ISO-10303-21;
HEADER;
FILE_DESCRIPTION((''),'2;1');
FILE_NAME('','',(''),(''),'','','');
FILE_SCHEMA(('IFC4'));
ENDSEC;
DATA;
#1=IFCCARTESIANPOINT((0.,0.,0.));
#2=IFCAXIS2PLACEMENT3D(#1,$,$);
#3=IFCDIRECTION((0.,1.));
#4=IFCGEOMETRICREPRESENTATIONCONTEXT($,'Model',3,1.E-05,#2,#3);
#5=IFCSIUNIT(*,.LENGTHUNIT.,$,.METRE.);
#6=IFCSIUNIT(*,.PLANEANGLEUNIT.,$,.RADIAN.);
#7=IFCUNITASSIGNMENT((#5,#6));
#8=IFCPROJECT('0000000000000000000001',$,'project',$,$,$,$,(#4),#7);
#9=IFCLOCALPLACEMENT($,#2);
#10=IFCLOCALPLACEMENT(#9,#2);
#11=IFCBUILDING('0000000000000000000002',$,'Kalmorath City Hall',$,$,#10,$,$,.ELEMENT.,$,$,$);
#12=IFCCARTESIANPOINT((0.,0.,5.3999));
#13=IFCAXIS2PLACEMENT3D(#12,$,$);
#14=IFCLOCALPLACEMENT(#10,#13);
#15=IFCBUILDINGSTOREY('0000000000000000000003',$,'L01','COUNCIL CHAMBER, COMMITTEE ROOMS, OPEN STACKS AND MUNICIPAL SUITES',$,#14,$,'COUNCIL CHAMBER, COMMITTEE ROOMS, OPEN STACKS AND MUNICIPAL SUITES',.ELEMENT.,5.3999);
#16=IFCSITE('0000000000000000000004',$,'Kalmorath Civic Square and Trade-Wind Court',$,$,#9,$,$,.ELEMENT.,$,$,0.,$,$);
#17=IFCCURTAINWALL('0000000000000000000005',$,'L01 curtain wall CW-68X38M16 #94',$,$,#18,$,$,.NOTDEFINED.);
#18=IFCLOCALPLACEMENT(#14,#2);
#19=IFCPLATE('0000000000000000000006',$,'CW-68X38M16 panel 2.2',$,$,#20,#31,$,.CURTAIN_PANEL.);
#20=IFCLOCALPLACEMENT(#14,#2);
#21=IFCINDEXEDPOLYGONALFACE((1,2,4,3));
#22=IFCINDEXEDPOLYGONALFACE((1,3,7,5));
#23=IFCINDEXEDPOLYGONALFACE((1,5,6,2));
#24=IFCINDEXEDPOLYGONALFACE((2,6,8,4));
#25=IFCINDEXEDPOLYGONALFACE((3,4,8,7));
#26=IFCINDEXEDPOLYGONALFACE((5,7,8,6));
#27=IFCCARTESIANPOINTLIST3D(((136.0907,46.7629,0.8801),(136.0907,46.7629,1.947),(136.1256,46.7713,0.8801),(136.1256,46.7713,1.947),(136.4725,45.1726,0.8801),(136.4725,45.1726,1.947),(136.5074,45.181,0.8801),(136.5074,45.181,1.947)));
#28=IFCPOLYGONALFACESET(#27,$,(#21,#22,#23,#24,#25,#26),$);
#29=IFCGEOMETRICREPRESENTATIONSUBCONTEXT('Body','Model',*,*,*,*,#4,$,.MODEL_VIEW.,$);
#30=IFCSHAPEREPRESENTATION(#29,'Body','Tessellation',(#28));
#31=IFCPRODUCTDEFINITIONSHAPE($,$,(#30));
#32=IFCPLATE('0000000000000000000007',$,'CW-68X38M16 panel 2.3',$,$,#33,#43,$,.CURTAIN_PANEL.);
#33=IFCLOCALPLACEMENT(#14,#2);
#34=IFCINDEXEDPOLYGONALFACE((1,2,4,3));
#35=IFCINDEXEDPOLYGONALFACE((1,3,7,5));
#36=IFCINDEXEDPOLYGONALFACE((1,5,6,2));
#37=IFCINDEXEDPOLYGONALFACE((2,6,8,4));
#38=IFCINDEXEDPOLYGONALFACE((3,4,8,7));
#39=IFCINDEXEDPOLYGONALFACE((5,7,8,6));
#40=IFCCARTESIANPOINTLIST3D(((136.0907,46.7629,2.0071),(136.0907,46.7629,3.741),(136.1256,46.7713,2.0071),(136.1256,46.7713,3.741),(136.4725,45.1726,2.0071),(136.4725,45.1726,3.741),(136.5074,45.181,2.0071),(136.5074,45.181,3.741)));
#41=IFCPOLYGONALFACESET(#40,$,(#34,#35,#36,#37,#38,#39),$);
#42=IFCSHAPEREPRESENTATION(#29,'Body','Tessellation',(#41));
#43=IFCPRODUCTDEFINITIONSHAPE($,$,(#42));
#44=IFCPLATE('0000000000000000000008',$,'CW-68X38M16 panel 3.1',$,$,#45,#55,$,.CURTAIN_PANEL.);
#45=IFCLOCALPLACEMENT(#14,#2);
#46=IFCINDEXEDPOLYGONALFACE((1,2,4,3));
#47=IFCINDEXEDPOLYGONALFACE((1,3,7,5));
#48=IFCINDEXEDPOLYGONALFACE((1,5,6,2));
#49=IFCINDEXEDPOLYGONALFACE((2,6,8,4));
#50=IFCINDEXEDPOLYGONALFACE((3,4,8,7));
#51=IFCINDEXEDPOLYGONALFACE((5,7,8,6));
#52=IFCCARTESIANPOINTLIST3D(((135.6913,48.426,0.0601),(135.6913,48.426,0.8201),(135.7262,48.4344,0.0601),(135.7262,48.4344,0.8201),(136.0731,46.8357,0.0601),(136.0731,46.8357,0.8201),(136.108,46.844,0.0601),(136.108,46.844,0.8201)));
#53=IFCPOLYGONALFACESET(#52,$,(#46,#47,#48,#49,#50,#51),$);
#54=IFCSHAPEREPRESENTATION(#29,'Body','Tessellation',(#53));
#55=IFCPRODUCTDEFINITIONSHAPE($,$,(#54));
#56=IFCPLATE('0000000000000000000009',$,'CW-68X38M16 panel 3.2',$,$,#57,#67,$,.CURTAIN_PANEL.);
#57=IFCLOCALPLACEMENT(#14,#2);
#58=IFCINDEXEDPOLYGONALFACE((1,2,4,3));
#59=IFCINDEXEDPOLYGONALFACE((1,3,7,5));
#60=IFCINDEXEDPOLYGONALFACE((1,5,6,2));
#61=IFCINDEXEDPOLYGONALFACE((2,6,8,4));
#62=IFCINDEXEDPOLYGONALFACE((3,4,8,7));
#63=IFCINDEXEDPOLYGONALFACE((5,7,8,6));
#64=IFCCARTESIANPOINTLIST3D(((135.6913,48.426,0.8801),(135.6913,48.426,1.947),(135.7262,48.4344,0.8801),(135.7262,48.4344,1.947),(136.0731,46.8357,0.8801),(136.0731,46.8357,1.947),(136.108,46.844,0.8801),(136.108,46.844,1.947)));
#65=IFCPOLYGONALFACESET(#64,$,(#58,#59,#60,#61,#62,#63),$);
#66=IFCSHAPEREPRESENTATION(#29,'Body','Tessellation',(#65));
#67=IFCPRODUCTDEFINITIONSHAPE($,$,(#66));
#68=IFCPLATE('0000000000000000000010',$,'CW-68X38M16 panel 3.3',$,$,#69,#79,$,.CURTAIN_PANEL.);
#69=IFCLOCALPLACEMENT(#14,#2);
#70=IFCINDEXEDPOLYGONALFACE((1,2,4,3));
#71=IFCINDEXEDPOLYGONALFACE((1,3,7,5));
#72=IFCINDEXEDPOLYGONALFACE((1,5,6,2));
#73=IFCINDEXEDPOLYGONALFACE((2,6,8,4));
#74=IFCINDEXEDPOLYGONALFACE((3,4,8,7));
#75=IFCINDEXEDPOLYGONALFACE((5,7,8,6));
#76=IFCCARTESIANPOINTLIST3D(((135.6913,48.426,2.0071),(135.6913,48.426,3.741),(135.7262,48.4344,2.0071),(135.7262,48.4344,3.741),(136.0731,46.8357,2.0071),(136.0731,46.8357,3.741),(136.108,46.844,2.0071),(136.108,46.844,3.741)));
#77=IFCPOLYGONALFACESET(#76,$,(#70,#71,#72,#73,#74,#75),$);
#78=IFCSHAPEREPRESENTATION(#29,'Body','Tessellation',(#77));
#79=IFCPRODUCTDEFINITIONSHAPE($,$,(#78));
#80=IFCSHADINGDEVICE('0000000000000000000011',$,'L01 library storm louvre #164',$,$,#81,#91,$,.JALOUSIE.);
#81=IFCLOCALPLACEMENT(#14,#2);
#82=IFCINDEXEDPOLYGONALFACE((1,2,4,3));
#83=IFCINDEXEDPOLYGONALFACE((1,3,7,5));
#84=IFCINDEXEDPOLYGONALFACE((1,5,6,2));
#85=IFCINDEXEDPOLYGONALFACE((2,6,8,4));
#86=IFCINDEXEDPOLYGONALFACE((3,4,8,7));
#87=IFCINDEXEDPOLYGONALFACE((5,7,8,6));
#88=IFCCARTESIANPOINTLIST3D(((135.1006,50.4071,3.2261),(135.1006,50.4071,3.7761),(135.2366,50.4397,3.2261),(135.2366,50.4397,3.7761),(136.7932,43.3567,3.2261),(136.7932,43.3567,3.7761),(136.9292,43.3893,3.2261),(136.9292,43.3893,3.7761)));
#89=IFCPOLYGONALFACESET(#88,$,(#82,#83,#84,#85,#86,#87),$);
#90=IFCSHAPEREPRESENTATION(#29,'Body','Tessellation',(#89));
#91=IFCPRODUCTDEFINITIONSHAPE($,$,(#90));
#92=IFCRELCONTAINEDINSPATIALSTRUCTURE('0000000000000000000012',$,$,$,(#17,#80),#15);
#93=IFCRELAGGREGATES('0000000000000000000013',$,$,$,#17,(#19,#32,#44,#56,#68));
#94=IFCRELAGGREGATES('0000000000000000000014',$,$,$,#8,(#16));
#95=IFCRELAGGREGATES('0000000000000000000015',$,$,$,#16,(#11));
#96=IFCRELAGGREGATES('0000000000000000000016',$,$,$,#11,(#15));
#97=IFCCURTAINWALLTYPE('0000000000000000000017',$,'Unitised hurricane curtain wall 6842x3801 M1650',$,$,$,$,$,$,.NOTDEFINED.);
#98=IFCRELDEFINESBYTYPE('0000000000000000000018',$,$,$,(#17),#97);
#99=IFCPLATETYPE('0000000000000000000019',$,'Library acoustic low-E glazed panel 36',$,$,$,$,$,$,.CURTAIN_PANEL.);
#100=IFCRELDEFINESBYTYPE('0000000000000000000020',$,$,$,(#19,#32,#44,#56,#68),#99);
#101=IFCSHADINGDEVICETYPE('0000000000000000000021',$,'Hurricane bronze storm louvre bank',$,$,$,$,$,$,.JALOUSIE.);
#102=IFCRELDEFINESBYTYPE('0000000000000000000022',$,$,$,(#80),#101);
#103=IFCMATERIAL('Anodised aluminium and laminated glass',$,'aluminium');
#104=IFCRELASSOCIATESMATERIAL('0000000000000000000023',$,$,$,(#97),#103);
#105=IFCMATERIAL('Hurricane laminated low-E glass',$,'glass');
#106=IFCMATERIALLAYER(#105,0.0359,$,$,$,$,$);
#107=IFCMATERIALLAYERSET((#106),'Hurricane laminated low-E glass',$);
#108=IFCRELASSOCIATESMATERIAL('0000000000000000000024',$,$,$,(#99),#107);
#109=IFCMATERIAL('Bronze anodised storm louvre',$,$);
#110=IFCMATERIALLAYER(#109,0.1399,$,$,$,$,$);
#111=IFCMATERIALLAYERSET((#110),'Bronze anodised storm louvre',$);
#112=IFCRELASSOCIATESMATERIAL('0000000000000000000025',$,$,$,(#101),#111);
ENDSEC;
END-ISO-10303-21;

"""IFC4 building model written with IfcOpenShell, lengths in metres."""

from ifc_helpers import new_model, si_unit, direction, frame, origin, origin_2d, place, context, subcontext, project, spatial, rectangle, extrude, material, layer, layer_set, type_object, element, aggregate, save


model = new_model("IFC4")

# Units and contexts
model_context = context("Model", 3, precision=1e-05, world=origin(), true_north=direction((0.0, 1.0)))
body_context = subcontext(model_context, "Body", "Model", "MODEL_VIEW")
ifc_project = project(units=[si_unit("LENGTHUNIT", "METRE"), si_unit("PLANEANGLEUNIT", "RADIAN")], contexts=[model_context])

# Site, building, storey
site_placement = place(None, origin())
site = spatial("IfcSite", under=ifc_project, at=site_placement, Name="Kalmorath Civic Square and Trade-Wind Court", CompositionType="ELEMENT", RefElevation=0.0)
building_placement = place(site_placement, origin())
building = spatial("IfcBuilding", under=site, at=building_placement, Name="Kalmorath City Hall", CompositionType="ELEMENT")
storey_placement = place(building_placement, frame((0.0, 0.0, 5.3999)))
storey = spatial("IfcBuildingStorey", under=building, at=storey_placement, Name="L01", Description="COUNCIL CHAMBER, COMMITTEE ROOMS, OPEN STACKS AND MUNICIPAL SUITES", LongName="COUNCIL CHAMBER, COMMITTEE ROOMS, OPEN STACKS AND MUNICIPAL SUITES", CompositionType="ELEMENT", Elevation=5.3999)

# Curtain wall
ifc_material_1 = material(Name="Anodised aluminium and laminated glass", Category="aluminium")
curtain_wall_type_1 = type_object("IfcCurtainWallType", Name="Unitised hurricane curtain wall 6842x3801 M1650", PredefinedType="NOTDEFINED", material=ifc_material_1)
curtain_wall_1_placement = place(storey_placement, origin())
curtain_wall_1 = element("IfcCurtainWall", 1, at=curtain_wall_1_placement, inside=storey, type_object=curtain_wall_type_1, Name="L01 curtain wall CW-68X38M16 #94", PredefinedType="NOTDEFINED")

# Plates
ifc_material_2 = material(Name="Hurricane laminated low-E glass", Category="glass")
ifc_layer_1 = layer(ifc_material_2, 0.0359)
ifc_layer_set_1 = layer_set([ifc_layer_1], Name="Hurricane laminated low-E glass")
plate_type = type_object("IfcPlateType", Name="Library acoustic low-E glazed panel 36", PredefinedType="CURTAIN_PANEL", material=ifc_layer_set_1)
plate_1_placement = place(storey_placement, frame((136.2991, 45.9719, 0.8801), z_axis=(0.0, 0.0, 1.0), x_axis=(-0.233453, 0.972368, 0.0)))
plate_1 = element("IfcPlate", 2, at=plate_1_placement, type_object=plate_type, Name="CW-68X38M16 panel 2.2", PredefinedType="CURTAIN_PANEL", context=body_context, shape_type="SweptSolid", body=[
    extrude(rectangle(XDim=1.6355, YDim=0.0359, at=origin_2d()), origin(), (0.0, 0.0, 1.0), 1.0669),
])
plate_2_placement = place(storey_placement, frame((136.2991, 45.9719, 2.0071), z_axis=(0.0, 0.0, 1.0), x_axis=(-0.233453, 0.972368, 0.0)))
plate_2 = element("IfcPlate", 3, at=plate_2_placement, type_object=plate_type, Name="CW-68X38M16 panel 2.3", PredefinedType="CURTAIN_PANEL", context=body_context, shape_type="SweptSolid", body=[
    extrude(rectangle(XDim=1.6355, YDim=0.0359, at=origin_2d()), origin(), (0.0, 0.0, 1.0), 1.7339),
])
plate_3_placement = place(storey_placement, frame((135.8997, 47.635, 0.0601), z_axis=(0.0, 0.0, 1.0), x_axis=(-0.233453, 0.972368, 0.0)))
plate_3 = element("IfcPlate", 4, at=plate_3_placement, type_object=plate_type, Name="CW-68X38M16 panel 3.1", PredefinedType="CURTAIN_PANEL", context=body_context, shape_type="SweptSolid", body=[
    extrude(rectangle(XDim=1.6355, YDim=0.0359, at=origin_2d()), origin(), (0.0, 0.0, 1.0), 0.76),
])
plate_4_placement = place(storey_placement, frame((135.8997, 47.635, 0.8801), z_axis=(0.0, 0.0, 1.0), x_axis=(-0.233453, 0.972368, 0.0)))
plate_4 = element("IfcPlate", 5, at=plate_4_placement, type_object=plate_type, Name="CW-68X38M16 panel 3.2", PredefinedType="CURTAIN_PANEL", context=body_context, shape_type="SweptSolid", body=[
    extrude(rectangle(XDim=1.6355, YDim=0.0359, at=origin_2d()), origin(), (0.0, 0.0, 1.0), 1.0669),
])
plate_5_placement = place(storey_placement, frame((135.8997, 47.635, 2.0071), z_axis=(0.0, 0.0, 1.0), x_axis=(-0.233453, 0.972368, 0.0)))
plate_5 = element("IfcPlate", 6, at=plate_5_placement, type_object=plate_type, Name="CW-68X38M16 panel 3.3", PredefinedType="CURTAIN_PANEL", context=body_context, shape_type="SweptSolid", body=[
    extrude(rectangle(XDim=1.6355, YDim=0.0359, at=origin_2d()), origin(), (0.0, 0.0, 1.0), 1.7339),
])
aggregate(curtain_wall_1, [plate_1, plate_2, plate_3, plate_4, plate_5])

# Shading device
ifc_material_3 = material(Name="Bronze anodised storm louvre")
ifc_layer_2 = layer(ifc_material_3, 0.1399)
ifc_layer_set_2 = layer_set([ifc_layer_2], Name="Bronze anodised storm louvre")
shading_device_type = type_object("IfcShadingDeviceType", Name="Hurricane bronze storm louvre bank", PredefinedType="JALOUSIE", material=ifc_layer_set_2)
shading_device_placement = place(storey_placement, frame((136.0149, 46.8982, 3.2261), z_axis=(0.0, 0.0, 1.0), x_axis=(-0.233445, 0.97237, 0.0)))
element("IfcShadingDevice", 7, at=shading_device_placement, inside=storey, type_object=shading_device_type, Name="L01 library storm louvre #164", PredefinedType="JALOUSIE", context=body_context, shape_type="SweptSolid", body=[
    extrude(rectangle(XDim=7.2507, YDim=0.1399, at=origin_2d()), origin(), (0.0, 0.0, 1.0), 0.55),
])

save(model, "model.ifc")
